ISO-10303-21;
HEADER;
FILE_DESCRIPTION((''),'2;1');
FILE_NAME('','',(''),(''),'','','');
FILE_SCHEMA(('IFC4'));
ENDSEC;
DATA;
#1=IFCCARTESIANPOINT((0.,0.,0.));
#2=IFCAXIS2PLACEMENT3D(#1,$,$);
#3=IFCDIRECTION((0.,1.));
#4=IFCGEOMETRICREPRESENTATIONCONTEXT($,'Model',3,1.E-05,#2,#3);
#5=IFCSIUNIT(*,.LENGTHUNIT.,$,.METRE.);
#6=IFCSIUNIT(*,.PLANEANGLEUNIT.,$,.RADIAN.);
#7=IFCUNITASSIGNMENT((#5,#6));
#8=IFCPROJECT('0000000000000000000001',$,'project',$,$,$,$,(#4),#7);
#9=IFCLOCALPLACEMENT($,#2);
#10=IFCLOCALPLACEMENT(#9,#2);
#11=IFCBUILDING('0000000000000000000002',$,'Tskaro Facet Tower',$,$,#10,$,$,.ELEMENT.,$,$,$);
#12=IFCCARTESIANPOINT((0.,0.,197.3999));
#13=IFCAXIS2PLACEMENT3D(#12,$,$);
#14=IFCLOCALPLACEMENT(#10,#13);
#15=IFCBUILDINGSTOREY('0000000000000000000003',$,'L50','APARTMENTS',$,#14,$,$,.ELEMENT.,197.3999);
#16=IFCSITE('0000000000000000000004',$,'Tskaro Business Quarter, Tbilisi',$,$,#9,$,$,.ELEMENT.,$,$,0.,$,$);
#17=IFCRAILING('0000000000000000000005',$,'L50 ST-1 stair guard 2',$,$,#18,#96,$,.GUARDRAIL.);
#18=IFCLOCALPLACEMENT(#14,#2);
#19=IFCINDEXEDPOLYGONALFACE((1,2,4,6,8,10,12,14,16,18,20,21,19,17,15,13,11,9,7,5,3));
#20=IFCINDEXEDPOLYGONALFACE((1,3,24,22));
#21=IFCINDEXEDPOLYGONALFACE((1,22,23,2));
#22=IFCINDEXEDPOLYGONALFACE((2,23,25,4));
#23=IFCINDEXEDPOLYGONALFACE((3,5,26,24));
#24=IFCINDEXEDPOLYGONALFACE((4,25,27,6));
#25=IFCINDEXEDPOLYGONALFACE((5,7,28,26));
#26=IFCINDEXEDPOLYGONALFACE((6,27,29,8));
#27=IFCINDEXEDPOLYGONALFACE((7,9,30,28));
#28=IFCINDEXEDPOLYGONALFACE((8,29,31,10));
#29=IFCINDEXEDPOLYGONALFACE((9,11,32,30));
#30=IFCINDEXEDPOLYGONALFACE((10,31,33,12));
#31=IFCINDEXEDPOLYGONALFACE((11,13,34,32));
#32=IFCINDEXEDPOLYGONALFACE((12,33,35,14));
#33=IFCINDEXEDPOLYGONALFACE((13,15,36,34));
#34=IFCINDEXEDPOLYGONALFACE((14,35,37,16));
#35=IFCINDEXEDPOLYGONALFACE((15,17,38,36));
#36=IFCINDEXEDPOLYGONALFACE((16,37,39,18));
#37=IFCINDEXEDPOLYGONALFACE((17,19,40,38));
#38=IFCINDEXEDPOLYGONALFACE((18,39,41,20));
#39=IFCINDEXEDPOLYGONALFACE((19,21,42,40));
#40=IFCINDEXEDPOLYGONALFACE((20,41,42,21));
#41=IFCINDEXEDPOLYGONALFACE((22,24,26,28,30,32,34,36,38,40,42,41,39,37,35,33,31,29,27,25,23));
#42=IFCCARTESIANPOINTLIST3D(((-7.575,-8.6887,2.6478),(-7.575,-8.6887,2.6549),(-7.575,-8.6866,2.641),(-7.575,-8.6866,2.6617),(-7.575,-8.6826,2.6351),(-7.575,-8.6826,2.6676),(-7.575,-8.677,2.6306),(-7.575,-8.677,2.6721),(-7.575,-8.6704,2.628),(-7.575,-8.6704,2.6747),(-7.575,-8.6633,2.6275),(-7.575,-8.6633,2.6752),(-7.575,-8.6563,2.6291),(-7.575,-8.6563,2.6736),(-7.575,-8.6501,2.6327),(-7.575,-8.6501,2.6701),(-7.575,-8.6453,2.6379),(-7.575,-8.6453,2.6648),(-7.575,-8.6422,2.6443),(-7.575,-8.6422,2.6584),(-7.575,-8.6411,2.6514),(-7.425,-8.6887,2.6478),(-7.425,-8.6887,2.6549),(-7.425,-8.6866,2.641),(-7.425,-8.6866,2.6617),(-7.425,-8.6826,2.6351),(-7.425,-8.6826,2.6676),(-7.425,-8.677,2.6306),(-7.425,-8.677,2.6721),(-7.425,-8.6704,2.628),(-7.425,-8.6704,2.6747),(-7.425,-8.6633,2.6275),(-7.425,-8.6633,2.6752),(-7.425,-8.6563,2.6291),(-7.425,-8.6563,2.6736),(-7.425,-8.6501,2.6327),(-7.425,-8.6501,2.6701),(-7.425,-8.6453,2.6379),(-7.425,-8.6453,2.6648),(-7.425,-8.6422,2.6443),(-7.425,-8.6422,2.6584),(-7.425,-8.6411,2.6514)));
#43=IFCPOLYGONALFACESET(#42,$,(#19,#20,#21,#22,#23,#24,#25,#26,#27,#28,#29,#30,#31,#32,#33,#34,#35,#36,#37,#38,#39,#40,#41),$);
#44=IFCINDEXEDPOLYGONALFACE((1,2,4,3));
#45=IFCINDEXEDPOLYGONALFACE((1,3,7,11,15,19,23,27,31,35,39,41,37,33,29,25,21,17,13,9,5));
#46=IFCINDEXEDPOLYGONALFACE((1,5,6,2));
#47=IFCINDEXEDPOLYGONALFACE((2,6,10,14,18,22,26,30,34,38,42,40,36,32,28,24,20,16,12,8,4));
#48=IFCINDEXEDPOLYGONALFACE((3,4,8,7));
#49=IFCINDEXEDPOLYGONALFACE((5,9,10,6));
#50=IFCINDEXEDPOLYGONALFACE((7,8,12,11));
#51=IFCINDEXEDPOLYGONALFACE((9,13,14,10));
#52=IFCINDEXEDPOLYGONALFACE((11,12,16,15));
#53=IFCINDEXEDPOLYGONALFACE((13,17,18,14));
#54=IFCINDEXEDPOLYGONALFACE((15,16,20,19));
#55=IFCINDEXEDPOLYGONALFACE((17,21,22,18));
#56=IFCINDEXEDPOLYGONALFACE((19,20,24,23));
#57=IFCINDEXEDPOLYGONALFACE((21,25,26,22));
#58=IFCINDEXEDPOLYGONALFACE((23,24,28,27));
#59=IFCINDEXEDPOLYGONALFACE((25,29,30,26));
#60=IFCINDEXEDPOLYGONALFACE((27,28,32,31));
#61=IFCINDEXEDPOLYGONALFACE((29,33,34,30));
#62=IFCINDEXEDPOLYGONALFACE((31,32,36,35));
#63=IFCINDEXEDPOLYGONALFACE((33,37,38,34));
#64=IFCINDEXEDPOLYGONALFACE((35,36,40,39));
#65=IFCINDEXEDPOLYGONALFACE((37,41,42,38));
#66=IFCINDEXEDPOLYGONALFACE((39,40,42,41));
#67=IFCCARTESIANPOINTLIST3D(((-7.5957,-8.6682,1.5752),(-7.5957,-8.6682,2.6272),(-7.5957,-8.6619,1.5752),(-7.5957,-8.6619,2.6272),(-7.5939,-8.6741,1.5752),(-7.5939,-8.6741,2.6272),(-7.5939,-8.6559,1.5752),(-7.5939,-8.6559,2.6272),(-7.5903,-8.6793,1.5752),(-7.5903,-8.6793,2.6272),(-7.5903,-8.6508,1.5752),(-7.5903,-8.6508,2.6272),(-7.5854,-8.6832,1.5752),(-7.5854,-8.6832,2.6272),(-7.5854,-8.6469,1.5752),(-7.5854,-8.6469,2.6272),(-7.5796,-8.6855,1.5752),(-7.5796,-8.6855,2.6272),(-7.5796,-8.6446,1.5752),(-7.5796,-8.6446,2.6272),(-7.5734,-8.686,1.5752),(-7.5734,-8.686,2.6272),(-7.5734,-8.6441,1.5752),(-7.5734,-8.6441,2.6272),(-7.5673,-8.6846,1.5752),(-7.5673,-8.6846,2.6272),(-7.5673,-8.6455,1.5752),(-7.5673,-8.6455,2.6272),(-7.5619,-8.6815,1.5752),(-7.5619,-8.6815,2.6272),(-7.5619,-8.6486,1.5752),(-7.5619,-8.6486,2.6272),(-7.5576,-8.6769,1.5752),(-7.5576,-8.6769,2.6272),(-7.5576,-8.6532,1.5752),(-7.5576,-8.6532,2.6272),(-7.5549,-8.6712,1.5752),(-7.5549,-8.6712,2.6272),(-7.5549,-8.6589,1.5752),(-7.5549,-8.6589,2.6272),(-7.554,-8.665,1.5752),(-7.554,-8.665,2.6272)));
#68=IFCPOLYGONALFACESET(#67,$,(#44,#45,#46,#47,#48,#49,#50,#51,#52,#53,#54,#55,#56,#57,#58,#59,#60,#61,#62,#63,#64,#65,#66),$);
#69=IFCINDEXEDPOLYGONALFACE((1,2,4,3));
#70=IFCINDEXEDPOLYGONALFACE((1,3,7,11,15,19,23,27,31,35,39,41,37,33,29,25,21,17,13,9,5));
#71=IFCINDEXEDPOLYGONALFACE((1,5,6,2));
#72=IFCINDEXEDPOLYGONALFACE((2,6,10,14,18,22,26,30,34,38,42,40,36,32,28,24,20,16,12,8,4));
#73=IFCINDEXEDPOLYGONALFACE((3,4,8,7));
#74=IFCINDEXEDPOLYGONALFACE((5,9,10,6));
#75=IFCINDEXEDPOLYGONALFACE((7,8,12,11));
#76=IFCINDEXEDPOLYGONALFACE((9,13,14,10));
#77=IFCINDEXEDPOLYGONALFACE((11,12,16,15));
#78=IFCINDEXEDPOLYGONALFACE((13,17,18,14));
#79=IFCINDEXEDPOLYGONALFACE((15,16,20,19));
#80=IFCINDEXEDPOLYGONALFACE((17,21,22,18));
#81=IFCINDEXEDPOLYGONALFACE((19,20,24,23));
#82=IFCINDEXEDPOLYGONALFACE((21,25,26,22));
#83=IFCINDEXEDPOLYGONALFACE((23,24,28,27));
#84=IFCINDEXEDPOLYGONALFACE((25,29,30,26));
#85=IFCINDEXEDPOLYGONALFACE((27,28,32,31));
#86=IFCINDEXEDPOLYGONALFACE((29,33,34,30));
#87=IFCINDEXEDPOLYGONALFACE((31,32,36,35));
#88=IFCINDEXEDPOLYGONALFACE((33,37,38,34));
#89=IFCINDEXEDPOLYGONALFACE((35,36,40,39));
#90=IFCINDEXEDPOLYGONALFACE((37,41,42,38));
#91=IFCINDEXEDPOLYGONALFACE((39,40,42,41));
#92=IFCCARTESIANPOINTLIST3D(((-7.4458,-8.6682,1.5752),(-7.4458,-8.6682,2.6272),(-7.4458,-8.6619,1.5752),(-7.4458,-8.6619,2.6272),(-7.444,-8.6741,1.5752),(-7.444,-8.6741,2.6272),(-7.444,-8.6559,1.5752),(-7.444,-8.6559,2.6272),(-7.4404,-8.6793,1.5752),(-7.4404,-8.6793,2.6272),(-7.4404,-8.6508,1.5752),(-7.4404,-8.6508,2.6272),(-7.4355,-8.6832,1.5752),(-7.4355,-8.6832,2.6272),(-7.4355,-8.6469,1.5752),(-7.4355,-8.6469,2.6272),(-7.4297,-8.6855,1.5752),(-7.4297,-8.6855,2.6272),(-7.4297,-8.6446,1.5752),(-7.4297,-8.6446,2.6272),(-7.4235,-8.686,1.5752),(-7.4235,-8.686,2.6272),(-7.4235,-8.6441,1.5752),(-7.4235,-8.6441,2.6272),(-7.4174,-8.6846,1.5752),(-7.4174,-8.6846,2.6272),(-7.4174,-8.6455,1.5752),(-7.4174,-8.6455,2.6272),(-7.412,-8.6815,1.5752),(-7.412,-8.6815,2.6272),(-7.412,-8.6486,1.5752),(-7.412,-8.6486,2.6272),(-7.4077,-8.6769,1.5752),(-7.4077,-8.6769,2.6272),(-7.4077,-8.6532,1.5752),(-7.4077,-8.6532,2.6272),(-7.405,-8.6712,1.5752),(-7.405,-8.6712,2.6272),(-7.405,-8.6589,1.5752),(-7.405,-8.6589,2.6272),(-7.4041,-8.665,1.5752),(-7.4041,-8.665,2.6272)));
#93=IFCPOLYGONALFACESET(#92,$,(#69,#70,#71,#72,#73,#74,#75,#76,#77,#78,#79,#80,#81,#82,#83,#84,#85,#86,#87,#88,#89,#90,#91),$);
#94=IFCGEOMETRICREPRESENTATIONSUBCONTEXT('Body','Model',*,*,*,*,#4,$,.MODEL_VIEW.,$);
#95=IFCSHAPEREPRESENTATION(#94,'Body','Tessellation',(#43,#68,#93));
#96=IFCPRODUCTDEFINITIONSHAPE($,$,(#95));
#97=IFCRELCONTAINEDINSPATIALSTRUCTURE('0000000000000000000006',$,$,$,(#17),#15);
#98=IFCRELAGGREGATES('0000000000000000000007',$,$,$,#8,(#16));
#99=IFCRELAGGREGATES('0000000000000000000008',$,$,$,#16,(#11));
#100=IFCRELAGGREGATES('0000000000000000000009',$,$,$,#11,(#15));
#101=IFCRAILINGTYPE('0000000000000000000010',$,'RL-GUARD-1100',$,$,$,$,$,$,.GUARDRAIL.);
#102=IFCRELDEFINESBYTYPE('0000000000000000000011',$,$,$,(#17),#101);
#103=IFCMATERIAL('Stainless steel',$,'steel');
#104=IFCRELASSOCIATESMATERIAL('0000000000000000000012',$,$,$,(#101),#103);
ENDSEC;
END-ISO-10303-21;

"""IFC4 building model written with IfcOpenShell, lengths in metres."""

from ifc_helpers import new_model, si_unit, direction, frame, origin, origin_2d, place, context, subcontext, project, spatial, circle, extrude, material, type_object, element, save


model = new_model("IFC4")

# Units and contexts
model_context = context("Model", 3, precision=1e-05, world=origin(), true_north=direction((0.0, 1.0)))
body_context = subcontext(model_context, "Body", "Model", "MODEL_VIEW")
ifc_project = project(units=[si_unit("LENGTHUNIT", "METRE"), si_unit("PLANEANGLEUNIT", "RADIAN")], contexts=[model_context])

# Site, building, storey
site_placement = place(None, origin())
site = spatial("IfcSite", under=ifc_project, at=site_placement, Name="Tskaro Business Quarter, Tbilisi", CompositionType="ELEMENT", RefElevation=0.0)
building_placement = place(site_placement, origin())
building = spatial("IfcBuilding", under=site, at=building_placement, Name="Tskaro Facet Tower", CompositionType="ELEMENT")
storey_placement = place(building_placement, frame((0.0, 0.0, 197.3999)))
storey = spatial("IfcBuildingStorey", under=building, at=storey_placement, Name="L50", Description="APARTMENTS", CompositionType="ELEMENT", Elevation=197.3999)

# Shared definitions
ifc_material_1 = material(Name="Stainless steel", Category="steel")

# Railing
railing_type_1 = type_object("IfcRailingType", Name="RL-GUARD-1100", PredefinedType="GUARDRAIL", material=ifc_material_1)
railing_1_placement = place(storey_placement, frame((-7.575, -8.665, 1.5752)))
element("IfcRailing", 1, at=railing_1_placement, inside=storey, type_object=railing_type_1, Name="L50 ST-1 stair guard 2", PredefinedType="GUARDRAIL", context=body_context, shape_type="SweptSolid", body=[
    extrude(circle(Radius=0.0239, at=origin_2d()), frame((0.0, 0.0, 1.0762), z_axis=(1.0, 0.0, 0.0), x_axis=(0.0, 1.0, 0.0)), (0.0, 0.0, 1.0), 0.1499),
    extrude(circle(Radius=0.021, at=origin_2d()), origin(), (0.0, 0.0, 1.0), 1.052),
    extrude(circle(Radius=0.021, at=origin_2d()), frame((0.1499, 0.0, 0.0)), (0.0, 0.0, 1.0), 1.052),
])

save(model, "model.ifc")
